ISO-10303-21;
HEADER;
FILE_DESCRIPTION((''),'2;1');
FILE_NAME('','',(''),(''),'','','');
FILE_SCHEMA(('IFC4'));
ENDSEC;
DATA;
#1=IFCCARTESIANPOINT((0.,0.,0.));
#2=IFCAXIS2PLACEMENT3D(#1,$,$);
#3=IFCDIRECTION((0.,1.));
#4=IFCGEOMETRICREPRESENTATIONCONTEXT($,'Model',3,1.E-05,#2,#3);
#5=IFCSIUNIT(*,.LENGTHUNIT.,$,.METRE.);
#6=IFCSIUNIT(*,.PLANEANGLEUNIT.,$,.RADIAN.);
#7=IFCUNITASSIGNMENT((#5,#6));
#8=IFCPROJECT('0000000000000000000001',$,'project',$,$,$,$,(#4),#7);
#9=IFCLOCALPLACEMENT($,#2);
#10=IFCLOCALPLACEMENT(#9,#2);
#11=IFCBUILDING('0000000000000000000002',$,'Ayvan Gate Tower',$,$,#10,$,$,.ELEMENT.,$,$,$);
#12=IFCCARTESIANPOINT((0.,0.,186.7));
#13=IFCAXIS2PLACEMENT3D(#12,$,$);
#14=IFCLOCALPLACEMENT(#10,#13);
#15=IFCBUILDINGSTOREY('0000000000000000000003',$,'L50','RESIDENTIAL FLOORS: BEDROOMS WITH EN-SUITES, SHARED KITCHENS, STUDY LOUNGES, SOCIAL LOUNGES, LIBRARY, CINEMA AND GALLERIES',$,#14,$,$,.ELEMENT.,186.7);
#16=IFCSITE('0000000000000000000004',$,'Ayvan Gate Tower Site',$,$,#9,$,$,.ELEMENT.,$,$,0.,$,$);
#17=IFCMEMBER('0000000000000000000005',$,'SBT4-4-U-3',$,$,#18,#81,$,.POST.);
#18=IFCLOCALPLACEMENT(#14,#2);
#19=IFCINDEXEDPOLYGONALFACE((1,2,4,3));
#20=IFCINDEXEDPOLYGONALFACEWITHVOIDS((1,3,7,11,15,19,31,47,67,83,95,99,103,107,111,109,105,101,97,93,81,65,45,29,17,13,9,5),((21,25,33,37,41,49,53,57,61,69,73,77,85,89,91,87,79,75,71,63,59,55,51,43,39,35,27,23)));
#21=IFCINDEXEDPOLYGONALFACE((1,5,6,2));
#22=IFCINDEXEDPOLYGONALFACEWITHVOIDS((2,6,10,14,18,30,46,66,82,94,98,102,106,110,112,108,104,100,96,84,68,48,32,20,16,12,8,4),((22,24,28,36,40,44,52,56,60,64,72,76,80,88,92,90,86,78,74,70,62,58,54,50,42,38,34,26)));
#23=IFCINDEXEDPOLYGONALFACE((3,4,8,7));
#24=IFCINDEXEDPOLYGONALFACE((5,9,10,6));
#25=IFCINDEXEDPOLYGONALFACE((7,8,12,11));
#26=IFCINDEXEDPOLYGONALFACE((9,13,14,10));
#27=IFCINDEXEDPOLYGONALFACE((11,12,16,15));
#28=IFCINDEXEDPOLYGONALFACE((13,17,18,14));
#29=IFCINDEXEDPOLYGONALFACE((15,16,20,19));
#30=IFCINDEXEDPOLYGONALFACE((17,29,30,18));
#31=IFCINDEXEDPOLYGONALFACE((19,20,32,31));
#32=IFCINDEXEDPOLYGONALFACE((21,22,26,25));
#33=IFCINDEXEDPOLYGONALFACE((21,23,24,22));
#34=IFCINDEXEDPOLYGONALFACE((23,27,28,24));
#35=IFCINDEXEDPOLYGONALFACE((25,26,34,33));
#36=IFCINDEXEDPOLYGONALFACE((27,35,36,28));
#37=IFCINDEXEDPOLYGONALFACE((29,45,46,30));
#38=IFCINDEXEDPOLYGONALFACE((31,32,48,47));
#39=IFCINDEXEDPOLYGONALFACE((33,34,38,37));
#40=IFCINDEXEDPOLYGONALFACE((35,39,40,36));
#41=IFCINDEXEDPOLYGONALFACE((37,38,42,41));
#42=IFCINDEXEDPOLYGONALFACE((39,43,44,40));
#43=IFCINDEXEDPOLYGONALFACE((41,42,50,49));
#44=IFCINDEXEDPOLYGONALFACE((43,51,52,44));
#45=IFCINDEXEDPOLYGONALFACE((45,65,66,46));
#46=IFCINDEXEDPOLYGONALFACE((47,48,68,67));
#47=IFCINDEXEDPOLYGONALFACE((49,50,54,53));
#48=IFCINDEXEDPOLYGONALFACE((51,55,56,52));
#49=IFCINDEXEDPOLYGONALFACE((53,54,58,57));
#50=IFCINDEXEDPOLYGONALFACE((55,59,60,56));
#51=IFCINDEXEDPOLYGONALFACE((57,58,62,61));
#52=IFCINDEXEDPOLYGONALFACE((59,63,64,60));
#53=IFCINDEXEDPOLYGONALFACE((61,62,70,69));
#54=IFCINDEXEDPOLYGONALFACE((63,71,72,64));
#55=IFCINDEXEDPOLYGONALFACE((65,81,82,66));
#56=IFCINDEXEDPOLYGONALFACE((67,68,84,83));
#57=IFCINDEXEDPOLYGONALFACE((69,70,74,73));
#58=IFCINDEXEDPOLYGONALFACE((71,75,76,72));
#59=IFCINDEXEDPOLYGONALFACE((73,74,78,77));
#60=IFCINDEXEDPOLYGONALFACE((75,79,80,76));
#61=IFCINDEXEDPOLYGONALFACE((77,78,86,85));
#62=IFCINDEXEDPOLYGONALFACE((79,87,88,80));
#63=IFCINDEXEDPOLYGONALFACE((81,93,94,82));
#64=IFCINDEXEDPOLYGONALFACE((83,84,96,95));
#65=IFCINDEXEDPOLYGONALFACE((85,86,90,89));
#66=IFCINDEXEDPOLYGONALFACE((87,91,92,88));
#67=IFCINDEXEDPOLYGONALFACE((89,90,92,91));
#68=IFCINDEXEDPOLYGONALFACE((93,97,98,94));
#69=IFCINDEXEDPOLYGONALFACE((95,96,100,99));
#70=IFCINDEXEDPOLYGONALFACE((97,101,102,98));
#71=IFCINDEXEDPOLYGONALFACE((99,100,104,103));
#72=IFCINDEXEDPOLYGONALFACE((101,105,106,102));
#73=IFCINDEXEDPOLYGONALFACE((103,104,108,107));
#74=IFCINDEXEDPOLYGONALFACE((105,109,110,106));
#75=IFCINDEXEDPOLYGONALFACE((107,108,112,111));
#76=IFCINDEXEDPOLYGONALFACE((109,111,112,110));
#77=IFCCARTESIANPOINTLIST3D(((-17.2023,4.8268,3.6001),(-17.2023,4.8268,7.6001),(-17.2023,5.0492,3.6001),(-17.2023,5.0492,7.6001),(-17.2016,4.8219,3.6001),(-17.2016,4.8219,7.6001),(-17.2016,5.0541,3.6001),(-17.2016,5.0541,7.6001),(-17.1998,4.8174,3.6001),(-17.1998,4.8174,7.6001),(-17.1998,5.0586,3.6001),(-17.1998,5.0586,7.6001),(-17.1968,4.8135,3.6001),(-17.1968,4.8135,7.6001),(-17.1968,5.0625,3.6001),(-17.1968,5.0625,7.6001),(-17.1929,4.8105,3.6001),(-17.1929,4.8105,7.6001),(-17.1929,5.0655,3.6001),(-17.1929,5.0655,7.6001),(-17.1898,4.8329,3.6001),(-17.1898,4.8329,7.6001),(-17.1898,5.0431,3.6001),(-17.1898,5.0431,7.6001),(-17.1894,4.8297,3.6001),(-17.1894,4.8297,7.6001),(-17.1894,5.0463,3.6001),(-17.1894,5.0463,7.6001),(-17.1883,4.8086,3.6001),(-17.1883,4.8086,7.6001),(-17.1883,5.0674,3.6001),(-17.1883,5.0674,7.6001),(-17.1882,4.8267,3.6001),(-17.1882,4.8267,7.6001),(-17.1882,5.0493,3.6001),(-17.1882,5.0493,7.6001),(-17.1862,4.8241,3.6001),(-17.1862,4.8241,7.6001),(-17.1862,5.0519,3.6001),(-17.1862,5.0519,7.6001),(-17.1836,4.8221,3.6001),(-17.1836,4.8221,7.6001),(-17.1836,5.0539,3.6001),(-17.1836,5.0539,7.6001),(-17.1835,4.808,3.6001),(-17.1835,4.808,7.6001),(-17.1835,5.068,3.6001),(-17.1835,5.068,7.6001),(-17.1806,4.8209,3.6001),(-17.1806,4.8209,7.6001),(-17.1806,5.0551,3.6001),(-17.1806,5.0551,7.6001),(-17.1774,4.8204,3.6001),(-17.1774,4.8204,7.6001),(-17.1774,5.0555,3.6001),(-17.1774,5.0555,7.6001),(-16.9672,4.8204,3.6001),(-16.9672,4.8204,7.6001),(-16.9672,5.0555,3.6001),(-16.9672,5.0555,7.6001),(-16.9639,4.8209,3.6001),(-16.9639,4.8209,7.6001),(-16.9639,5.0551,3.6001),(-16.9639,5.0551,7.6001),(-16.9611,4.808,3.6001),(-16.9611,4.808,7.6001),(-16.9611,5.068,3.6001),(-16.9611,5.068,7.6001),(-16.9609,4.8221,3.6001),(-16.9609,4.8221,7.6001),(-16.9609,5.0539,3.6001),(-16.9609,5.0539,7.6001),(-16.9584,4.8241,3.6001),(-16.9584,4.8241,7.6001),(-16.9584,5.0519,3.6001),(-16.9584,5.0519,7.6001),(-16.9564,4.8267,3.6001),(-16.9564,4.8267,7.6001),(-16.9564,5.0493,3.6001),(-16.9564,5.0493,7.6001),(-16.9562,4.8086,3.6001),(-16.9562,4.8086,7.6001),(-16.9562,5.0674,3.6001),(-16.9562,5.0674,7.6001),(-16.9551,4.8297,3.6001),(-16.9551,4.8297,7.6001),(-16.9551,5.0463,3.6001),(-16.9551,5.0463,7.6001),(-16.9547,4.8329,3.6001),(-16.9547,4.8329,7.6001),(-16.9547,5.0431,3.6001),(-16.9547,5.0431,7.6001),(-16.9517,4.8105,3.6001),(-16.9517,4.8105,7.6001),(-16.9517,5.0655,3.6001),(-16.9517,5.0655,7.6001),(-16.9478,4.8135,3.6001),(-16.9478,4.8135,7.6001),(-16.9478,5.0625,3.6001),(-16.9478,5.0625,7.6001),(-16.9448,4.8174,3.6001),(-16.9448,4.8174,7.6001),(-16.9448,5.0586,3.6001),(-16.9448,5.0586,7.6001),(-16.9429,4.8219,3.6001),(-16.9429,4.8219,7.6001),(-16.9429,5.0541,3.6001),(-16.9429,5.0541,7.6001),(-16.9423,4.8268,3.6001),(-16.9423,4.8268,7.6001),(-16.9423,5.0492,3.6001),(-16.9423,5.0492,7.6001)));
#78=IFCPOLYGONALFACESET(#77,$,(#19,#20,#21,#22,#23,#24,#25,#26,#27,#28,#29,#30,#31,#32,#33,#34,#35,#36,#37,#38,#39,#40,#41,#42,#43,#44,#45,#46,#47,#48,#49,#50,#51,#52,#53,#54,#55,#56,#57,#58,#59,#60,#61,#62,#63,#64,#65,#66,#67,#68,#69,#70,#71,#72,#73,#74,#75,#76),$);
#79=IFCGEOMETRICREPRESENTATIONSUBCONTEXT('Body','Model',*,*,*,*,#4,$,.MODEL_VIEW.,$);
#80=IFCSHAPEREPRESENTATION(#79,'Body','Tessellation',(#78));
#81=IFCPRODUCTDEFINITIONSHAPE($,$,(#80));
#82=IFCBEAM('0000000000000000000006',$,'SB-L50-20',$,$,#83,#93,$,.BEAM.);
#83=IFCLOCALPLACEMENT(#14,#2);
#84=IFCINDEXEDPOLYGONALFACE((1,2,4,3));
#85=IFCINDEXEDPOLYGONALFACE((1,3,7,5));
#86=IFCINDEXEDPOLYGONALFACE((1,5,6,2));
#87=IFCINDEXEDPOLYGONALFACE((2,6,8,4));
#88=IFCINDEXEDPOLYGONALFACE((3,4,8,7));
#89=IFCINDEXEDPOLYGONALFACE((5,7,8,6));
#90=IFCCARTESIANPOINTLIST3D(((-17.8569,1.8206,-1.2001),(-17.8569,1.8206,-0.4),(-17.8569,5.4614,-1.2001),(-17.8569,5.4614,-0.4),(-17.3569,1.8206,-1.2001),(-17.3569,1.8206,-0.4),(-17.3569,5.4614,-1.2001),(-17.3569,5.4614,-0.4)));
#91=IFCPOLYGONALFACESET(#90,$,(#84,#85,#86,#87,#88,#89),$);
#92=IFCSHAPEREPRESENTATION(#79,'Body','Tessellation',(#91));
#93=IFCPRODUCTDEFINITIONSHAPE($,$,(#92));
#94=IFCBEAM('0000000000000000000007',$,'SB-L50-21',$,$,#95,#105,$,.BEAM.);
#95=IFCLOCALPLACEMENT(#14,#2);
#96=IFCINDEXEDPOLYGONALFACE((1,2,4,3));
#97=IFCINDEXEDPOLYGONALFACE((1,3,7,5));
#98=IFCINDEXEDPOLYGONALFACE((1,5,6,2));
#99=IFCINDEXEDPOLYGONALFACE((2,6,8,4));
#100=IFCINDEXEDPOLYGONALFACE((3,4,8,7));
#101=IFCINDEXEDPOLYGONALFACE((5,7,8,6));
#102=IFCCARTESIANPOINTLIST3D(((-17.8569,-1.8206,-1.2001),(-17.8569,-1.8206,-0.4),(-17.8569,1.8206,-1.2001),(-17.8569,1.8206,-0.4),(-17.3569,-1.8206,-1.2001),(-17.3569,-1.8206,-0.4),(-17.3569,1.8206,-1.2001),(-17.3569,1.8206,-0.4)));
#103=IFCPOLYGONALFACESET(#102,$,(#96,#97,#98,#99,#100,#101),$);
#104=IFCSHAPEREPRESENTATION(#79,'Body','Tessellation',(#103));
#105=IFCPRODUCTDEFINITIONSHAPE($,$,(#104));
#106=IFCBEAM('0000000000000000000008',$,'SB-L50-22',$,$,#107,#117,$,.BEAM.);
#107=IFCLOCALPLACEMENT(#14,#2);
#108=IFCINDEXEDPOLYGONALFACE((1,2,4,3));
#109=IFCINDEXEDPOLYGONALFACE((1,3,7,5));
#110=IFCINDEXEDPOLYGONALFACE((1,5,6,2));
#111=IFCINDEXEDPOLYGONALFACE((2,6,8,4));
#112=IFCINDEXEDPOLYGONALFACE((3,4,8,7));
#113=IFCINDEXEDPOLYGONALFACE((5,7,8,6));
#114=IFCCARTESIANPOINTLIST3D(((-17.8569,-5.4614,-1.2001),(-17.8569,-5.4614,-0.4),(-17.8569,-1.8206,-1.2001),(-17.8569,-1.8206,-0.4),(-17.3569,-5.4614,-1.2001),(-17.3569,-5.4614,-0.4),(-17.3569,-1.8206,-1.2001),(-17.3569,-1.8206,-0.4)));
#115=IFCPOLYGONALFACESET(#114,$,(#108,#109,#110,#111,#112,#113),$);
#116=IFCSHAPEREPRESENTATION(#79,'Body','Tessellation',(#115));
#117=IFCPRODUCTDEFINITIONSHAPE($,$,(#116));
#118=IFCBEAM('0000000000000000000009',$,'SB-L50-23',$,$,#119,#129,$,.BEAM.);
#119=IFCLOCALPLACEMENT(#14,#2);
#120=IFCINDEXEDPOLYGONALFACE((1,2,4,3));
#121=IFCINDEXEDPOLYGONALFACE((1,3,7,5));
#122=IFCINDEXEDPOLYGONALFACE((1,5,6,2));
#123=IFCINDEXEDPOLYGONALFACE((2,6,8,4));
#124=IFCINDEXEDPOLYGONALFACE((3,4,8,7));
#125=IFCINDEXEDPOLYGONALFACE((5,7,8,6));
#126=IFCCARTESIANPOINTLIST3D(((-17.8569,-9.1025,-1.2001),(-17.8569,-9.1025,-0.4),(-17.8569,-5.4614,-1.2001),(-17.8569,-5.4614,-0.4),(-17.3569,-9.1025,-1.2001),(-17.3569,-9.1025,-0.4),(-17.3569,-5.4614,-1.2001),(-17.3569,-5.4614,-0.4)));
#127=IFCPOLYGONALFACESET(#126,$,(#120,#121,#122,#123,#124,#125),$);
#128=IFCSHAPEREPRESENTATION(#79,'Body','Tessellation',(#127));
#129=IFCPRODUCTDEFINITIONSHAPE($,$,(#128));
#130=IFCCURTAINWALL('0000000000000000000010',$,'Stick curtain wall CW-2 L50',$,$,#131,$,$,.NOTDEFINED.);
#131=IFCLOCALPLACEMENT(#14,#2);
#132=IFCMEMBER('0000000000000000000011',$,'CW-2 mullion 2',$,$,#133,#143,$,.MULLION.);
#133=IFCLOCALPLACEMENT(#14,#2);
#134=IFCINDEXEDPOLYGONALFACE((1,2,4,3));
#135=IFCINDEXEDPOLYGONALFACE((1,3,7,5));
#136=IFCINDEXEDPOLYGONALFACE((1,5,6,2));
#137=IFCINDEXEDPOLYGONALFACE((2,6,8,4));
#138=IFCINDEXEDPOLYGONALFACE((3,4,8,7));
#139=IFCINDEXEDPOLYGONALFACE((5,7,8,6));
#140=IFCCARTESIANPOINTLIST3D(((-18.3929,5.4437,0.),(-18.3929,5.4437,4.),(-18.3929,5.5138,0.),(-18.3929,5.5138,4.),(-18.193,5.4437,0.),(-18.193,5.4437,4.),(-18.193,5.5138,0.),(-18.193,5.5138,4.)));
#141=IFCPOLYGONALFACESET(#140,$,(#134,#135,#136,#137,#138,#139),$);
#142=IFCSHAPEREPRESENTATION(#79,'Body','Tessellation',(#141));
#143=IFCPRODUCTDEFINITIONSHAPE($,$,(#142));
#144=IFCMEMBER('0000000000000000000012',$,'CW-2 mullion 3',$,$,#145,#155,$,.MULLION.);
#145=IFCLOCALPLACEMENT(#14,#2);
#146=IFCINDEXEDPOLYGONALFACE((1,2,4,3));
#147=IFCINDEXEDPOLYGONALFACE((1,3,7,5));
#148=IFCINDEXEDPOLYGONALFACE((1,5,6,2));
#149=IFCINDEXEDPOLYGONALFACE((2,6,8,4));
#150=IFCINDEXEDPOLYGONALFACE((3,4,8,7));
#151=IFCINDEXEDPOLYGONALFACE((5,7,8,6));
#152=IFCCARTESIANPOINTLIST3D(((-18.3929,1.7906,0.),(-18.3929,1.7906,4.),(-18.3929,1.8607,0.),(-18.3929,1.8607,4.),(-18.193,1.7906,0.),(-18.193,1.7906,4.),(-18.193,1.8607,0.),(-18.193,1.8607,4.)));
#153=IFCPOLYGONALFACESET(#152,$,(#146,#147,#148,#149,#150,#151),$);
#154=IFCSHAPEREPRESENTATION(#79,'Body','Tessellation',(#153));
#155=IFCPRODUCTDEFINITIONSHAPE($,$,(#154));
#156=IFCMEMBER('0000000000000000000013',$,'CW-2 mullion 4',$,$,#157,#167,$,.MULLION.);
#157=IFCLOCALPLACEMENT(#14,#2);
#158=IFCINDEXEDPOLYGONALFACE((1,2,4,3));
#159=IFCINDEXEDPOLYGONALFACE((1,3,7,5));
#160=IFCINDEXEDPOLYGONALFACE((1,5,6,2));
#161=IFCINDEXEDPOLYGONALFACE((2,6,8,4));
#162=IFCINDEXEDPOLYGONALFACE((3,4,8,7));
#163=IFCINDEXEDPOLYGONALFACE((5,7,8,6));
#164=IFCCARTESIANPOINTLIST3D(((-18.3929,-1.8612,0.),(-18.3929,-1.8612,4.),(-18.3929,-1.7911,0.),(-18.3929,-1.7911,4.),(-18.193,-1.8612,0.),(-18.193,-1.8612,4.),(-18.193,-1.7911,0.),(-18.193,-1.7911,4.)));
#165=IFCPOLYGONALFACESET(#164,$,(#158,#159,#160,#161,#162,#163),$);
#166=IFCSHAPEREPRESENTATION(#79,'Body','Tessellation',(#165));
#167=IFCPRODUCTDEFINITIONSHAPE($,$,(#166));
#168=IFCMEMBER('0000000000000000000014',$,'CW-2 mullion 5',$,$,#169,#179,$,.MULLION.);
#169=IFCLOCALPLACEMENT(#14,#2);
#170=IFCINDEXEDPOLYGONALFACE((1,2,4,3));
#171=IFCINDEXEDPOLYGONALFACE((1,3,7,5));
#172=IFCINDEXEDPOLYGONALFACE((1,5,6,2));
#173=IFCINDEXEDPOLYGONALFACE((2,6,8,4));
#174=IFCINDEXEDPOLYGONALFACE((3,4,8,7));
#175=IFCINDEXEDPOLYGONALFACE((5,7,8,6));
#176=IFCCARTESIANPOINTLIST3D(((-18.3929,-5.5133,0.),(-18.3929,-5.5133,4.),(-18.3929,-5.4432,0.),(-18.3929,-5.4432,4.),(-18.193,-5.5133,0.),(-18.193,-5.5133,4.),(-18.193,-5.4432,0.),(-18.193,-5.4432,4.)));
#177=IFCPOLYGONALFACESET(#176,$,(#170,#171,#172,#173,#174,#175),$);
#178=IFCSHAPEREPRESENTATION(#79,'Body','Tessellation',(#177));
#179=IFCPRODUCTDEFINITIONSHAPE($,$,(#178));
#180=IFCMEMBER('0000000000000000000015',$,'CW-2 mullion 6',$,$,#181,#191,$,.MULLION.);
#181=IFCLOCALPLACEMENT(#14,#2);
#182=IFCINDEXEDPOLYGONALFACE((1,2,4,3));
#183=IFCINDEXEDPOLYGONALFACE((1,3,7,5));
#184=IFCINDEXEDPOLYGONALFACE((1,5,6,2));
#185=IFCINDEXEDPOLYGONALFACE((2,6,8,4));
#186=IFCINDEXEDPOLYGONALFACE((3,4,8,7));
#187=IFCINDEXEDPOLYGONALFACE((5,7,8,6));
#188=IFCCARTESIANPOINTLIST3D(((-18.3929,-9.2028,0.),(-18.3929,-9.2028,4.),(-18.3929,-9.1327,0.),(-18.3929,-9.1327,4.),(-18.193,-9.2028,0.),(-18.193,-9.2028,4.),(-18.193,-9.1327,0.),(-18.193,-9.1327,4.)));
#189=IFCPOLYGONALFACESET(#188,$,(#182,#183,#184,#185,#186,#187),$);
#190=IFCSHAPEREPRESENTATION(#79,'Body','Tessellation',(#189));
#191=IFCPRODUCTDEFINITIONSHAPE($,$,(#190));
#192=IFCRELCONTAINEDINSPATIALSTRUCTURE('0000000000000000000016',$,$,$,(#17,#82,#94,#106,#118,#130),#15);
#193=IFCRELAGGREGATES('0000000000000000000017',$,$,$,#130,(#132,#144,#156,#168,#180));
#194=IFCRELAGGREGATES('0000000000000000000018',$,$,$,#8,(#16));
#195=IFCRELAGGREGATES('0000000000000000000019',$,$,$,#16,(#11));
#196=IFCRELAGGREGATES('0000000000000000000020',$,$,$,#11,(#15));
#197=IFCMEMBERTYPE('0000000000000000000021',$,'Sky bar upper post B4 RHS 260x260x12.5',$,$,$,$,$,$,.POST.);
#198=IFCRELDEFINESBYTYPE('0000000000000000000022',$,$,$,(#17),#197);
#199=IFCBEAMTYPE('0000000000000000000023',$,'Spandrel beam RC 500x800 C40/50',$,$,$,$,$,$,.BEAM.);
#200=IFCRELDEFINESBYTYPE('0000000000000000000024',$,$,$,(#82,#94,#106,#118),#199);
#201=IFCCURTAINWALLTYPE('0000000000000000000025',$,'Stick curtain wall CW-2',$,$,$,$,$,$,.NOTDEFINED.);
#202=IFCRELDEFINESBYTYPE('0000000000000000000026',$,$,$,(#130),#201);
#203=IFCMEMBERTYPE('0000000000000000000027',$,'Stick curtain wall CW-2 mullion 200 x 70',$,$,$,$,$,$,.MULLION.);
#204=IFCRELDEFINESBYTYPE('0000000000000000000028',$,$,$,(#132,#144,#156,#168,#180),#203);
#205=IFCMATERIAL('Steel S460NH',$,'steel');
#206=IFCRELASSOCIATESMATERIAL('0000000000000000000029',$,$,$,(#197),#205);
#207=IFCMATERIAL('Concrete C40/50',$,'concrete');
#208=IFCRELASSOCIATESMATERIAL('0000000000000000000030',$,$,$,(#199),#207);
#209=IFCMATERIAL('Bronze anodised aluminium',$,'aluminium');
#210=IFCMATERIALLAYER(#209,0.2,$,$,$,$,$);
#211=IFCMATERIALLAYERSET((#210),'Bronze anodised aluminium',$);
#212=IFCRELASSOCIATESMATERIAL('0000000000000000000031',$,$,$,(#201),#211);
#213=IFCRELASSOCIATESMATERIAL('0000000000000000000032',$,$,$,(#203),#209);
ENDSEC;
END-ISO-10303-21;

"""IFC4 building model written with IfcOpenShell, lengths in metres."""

from ifc_helpers import new_model, si_unit, direction, frame, origin, origin_2d, place, context, subcontext, project, spatial, rectangle, hollow_rectangle, extrude, material, layer, layer_set, material_profile, profile_set, type_object, element, aggregate, save


model = new_model("IFC4")

# Units and contexts
model_context = context("Model", 3, precision=1e-05, world=origin(), true_north=direction((0.0, 1.0)))
body_context = subcontext(model_context, "Body", "Model", "MODEL_VIEW")
ifc_project = project(units=[si_unit("LENGTHUNIT", "METRE"), si_unit("PLANEANGLEUNIT", "RADIAN")], contexts=[model_context])

# Site, building, storey
site_placement = place(None, origin())
site = spatial("IfcSite", under=ifc_project, at=site_placement, Name="Ayvan Gate Tower Site", CompositionType="ELEMENT", RefElevation=0.0)
building_placement = place(site_placement, origin())
building = spatial("IfcBuilding", under=site, at=building_placement, Name="Ayvan Gate Tower", CompositionType="ELEMENT")
storey_placement = place(building_placement, frame((0.0, 0.0, 186.7)))
storey = spatial("IfcBuildingStorey", under=building, at=storey_placement, Name="L50", Description="RESIDENTIAL FLOORS: BEDROOMS WITH EN-SUITES, SHARED KITCHENS, STUDY LOUNGES, SOCIAL LOUNGES, LIBRARY, CINEMA AND GALLERIES", CompositionType="ELEMENT", Elevation=186.7)

# Shared definitions
ifc_material_1 = material(Name="Concrete C40/50", Category="concrete")

# Member
ifc_material_2 = material(Name="Steel S460NH", Category="steel")
ifc_material_profile_1 = material_profile(ifc_material_2, hollow_rectangle(XDim=0.26, YDim=0.26, WallThickness=0.0125, InnerFilletRadius=0.0125, OuterFilletRadius=0.0188, at=origin_2d()), Name="RHS 260x260x12.5")
ifc_profile_set_1 = profile_set([ifc_material_profile_1], Name="Steel S460NH")
member_type_1 = type_object("IfcMemberType", Name="Sky bar upper post B4 RHS 260x260x12.5", PredefinedType="POST", material=ifc_profile_set_1)
member_1_placement = place(storey_placement, frame((-17.0723, 4.938, 3.6001), z_axis=(0.0, 0.0, 1.0), x_axis=(1.0, 0.0, 0.0)))
element("IfcMember", 1, at=member_1_placement, inside=storey, type_object=member_type_1, Name="SBT4-4-U-3", PredefinedType="POST", context=body_context, shape_type="SweptSolid", body=[
    extrude(hollow_rectangle(XDim=0.26, YDim=0.26, WallThickness=0.0125, InnerFilletRadius=0.0125, OuterFilletRadius=0.0188, at=origin_2d()), origin(), (0.0, 0.0, 1.0), 4.0),
])

# Beams
ifc_material_profile_2 = material_profile(ifc_material_1, rectangle(XDim=0.5, YDim=0.8, at=origin_2d()), Name="RC 500x800")
ifc_profile_set_2 = profile_set([ifc_material_profile_2], Name="Concrete C40/50")
beam_type_1 = type_object("IfcBeamType", Name="Spandrel beam RC 500x800 C40/50", PredefinedType="BEAM", material=ifc_profile_set_2)
beam_1_placement = place(storey_placement, frame((-17.6069, 5.4614, -0.8), z_axis=(0.0, -1.0, 0.0), x_axis=(1.0, 0.0, 0.0)))
element("IfcBeam", 2, at=beam_1_placement, inside=storey, type_object=beam_type_1, Name="SB-L50-20", PredefinedType="BEAM", context=body_context, shape_type="SweptSolid", body=[
    extrude(rectangle(XDim=0.5, YDim=0.8, at=origin_2d()), origin(), (0.0, 0.0, 1.0), 3.6409),
])
beam_2_placement = place(storey_placement, frame((-17.6069, 1.8206, -0.8), z_axis=(0.0, -1.0, 0.0), x_axis=(1.0, 0.0, 0.0)))
element("IfcBeam", 3, at=beam_2_placement, inside=storey, type_object=beam_type_1, Name="SB-L50-21", PredefinedType="BEAM", context=body_context, shape_type="SweptSolid", body=[
    extrude(rectangle(XDim=0.5, YDim=0.8, at=origin_2d()), origin(), (0.0, 0.0, 1.0), 3.6411),
])
beam_3_placement = place(storey_placement, frame((-17.6069, -1.8206, -0.8), z_axis=(0.0, -1.0, 0.0), x_axis=(1.0, 0.0, 0.0)))
element("IfcBeam", 4, at=beam_3_placement, inside=storey, type_object=beam_type_1, Name="SB-L50-22", PredefinedType="BEAM", context=body_context, shape_type="SweptSolid", body=[
    extrude(rectangle(XDim=0.5, YDim=0.8, at=origin_2d()), origin(), (0.0, 0.0, 1.0), 3.6409),
])
beam_4_placement = place(storey_placement, frame((-17.6069, -5.4614, -0.8), z_axis=(0.0, -1.0, 0.0), x_axis=(1.0, 0.0, 0.0)))
element("IfcBeam", 5, at=beam_4_placement, inside=storey, type_object=beam_type_1, Name="SB-L50-23", PredefinedType="BEAM", context=body_context, shape_type="SweptSolid", body=[
    extrude(rectangle(XDim=0.5, YDim=0.8, at=origin_2d()), origin(), (0.0, 0.0, 1.0), 3.6411),
])

# Curtain wall, members
ifc_material_3 = material(Name="Bronze anodised aluminium", Category="aluminium")
ifc_layer_1 = layer(ifc_material_3, 0.2)
ifc_layer_set_1 = layer_set([ifc_layer_1], Name="Bronze anodised aluminium")
curtain_wall_type_1 = type_object("IfcCurtainWallType", Name="Stick curtain wall CW-2", PredefinedType="NOTDEFINED", material=ifc_layer_set_1)
curtain_wall_1_placement = place(storey_placement, origin())
curtain_wall_1 = element("IfcCurtainWall", 6, at=curtain_wall_1_placement, inside=storey, type_object=curtain_wall_type_1, Name="Stick curtain wall CW-2 L50", PredefinedType="NOTDEFINED")
ifc_material_profile_3 = material_profile(ifc_material_3, rectangle(XDim=0.2, YDim=0.0701, at=origin_2d()), Name="Stick curtain wall CW-2 mullion 200 x 70")
ifc_profile_set_3 = profile_set([ifc_material_profile_3], Name="Bronze anodised aluminium")
member_type_2 = type_object("IfcMemberType", Name="Stick curtain wall CW-2 mullion 200 x 70", PredefinedType="MULLION", material=ifc_profile_set_3)
member_2_placement = place(storey_placement, frame((-18.293, 5.4788, 0.0), z_axis=(0.0, 0.0, 1.0), x_axis=(-1.0, 0.0, 0.0)))
member_2 = element("IfcMember", 7, at=member_2_placement, type_object=member_type_2, Name="CW-2 mullion 2", PredefinedType="MULLION", context=body_context, shape_type="SweptSolid", body=[
    extrude(rectangle(XDim=0.2, YDim=0.0701, at=origin_2d()), origin(), (0.0, 0.0, 1.0), 4.0),
])
member_3_placement = place(storey_placement, frame((-18.293, 1.8257, 0.0), z_axis=(0.0, 0.0, 1.0), x_axis=(-1.0, 0.0, 0.0)))
member_3 = element("IfcMember", 8, at=member_3_placement, type_object=member_type_2, Name="CW-2 mullion 3", PredefinedType="MULLION", context=body_context, shape_type="SweptSolid", body=[
    extrude(rectangle(XDim=0.2, YDim=0.0701, at=origin_2d()), origin(), (0.0, 0.0, 1.0), 4.0),
])
member_4_placement = place(storey_placement, frame((-18.293, -1.8262, 0.0), z_axis=(0.0, 0.0, 1.0), x_axis=(-1.0, 0.0, 0.0)))
member_4 = element("IfcMember", 9, at=member_4_placement, type_object=member_type_2, Name="CW-2 mullion 4", PredefinedType="MULLION", context=body_context, shape_type="SweptSolid", body=[
    extrude(rectangle(XDim=0.2, YDim=0.0701, at=origin_2d()), origin(), (0.0, 0.0, 1.0), 4.0),
])
member_5_placement = place(storey_placement, frame((-18.293, -5.4783, 0.0), z_axis=(0.0, 0.0, 1.0), x_axis=(-1.0, 0.0, 0.0)))
member_5 = element("IfcMember", 10, at=member_5_placement, type_object=member_type_2, Name="CW-2 mullion 5", PredefinedType="MULLION", context=body_context, shape_type="SweptSolid", body=[
    extrude(rectangle(XDim=0.2, YDim=0.0701, at=origin_2d()), origin(), (0.0, 0.0, 1.0), 4.0),
])
member_6_placement = place(storey_placement, frame((-18.293, -9.1677, 0.0), z_axis=(0.0, 0.0, 1.0), x_axis=(-1.0, 0.0, 0.0)))
member_6 = element("IfcMember", 11, at=member_6_placement, type_object=member_type_2, Name="CW-2 mullion 6", PredefinedType="MULLION", context=body_context, shape_type="SweptSolid", body=[
    extrude(rectangle(XDim=0.2, YDim=0.0701, at=origin_2d()), origin(), (0.0, 0.0, 1.0), 4.0),
])

aggregate(curtain_wall_1, [member_2, member_3, member_4, member_5, member_6])

save(model, "model.ifc")
